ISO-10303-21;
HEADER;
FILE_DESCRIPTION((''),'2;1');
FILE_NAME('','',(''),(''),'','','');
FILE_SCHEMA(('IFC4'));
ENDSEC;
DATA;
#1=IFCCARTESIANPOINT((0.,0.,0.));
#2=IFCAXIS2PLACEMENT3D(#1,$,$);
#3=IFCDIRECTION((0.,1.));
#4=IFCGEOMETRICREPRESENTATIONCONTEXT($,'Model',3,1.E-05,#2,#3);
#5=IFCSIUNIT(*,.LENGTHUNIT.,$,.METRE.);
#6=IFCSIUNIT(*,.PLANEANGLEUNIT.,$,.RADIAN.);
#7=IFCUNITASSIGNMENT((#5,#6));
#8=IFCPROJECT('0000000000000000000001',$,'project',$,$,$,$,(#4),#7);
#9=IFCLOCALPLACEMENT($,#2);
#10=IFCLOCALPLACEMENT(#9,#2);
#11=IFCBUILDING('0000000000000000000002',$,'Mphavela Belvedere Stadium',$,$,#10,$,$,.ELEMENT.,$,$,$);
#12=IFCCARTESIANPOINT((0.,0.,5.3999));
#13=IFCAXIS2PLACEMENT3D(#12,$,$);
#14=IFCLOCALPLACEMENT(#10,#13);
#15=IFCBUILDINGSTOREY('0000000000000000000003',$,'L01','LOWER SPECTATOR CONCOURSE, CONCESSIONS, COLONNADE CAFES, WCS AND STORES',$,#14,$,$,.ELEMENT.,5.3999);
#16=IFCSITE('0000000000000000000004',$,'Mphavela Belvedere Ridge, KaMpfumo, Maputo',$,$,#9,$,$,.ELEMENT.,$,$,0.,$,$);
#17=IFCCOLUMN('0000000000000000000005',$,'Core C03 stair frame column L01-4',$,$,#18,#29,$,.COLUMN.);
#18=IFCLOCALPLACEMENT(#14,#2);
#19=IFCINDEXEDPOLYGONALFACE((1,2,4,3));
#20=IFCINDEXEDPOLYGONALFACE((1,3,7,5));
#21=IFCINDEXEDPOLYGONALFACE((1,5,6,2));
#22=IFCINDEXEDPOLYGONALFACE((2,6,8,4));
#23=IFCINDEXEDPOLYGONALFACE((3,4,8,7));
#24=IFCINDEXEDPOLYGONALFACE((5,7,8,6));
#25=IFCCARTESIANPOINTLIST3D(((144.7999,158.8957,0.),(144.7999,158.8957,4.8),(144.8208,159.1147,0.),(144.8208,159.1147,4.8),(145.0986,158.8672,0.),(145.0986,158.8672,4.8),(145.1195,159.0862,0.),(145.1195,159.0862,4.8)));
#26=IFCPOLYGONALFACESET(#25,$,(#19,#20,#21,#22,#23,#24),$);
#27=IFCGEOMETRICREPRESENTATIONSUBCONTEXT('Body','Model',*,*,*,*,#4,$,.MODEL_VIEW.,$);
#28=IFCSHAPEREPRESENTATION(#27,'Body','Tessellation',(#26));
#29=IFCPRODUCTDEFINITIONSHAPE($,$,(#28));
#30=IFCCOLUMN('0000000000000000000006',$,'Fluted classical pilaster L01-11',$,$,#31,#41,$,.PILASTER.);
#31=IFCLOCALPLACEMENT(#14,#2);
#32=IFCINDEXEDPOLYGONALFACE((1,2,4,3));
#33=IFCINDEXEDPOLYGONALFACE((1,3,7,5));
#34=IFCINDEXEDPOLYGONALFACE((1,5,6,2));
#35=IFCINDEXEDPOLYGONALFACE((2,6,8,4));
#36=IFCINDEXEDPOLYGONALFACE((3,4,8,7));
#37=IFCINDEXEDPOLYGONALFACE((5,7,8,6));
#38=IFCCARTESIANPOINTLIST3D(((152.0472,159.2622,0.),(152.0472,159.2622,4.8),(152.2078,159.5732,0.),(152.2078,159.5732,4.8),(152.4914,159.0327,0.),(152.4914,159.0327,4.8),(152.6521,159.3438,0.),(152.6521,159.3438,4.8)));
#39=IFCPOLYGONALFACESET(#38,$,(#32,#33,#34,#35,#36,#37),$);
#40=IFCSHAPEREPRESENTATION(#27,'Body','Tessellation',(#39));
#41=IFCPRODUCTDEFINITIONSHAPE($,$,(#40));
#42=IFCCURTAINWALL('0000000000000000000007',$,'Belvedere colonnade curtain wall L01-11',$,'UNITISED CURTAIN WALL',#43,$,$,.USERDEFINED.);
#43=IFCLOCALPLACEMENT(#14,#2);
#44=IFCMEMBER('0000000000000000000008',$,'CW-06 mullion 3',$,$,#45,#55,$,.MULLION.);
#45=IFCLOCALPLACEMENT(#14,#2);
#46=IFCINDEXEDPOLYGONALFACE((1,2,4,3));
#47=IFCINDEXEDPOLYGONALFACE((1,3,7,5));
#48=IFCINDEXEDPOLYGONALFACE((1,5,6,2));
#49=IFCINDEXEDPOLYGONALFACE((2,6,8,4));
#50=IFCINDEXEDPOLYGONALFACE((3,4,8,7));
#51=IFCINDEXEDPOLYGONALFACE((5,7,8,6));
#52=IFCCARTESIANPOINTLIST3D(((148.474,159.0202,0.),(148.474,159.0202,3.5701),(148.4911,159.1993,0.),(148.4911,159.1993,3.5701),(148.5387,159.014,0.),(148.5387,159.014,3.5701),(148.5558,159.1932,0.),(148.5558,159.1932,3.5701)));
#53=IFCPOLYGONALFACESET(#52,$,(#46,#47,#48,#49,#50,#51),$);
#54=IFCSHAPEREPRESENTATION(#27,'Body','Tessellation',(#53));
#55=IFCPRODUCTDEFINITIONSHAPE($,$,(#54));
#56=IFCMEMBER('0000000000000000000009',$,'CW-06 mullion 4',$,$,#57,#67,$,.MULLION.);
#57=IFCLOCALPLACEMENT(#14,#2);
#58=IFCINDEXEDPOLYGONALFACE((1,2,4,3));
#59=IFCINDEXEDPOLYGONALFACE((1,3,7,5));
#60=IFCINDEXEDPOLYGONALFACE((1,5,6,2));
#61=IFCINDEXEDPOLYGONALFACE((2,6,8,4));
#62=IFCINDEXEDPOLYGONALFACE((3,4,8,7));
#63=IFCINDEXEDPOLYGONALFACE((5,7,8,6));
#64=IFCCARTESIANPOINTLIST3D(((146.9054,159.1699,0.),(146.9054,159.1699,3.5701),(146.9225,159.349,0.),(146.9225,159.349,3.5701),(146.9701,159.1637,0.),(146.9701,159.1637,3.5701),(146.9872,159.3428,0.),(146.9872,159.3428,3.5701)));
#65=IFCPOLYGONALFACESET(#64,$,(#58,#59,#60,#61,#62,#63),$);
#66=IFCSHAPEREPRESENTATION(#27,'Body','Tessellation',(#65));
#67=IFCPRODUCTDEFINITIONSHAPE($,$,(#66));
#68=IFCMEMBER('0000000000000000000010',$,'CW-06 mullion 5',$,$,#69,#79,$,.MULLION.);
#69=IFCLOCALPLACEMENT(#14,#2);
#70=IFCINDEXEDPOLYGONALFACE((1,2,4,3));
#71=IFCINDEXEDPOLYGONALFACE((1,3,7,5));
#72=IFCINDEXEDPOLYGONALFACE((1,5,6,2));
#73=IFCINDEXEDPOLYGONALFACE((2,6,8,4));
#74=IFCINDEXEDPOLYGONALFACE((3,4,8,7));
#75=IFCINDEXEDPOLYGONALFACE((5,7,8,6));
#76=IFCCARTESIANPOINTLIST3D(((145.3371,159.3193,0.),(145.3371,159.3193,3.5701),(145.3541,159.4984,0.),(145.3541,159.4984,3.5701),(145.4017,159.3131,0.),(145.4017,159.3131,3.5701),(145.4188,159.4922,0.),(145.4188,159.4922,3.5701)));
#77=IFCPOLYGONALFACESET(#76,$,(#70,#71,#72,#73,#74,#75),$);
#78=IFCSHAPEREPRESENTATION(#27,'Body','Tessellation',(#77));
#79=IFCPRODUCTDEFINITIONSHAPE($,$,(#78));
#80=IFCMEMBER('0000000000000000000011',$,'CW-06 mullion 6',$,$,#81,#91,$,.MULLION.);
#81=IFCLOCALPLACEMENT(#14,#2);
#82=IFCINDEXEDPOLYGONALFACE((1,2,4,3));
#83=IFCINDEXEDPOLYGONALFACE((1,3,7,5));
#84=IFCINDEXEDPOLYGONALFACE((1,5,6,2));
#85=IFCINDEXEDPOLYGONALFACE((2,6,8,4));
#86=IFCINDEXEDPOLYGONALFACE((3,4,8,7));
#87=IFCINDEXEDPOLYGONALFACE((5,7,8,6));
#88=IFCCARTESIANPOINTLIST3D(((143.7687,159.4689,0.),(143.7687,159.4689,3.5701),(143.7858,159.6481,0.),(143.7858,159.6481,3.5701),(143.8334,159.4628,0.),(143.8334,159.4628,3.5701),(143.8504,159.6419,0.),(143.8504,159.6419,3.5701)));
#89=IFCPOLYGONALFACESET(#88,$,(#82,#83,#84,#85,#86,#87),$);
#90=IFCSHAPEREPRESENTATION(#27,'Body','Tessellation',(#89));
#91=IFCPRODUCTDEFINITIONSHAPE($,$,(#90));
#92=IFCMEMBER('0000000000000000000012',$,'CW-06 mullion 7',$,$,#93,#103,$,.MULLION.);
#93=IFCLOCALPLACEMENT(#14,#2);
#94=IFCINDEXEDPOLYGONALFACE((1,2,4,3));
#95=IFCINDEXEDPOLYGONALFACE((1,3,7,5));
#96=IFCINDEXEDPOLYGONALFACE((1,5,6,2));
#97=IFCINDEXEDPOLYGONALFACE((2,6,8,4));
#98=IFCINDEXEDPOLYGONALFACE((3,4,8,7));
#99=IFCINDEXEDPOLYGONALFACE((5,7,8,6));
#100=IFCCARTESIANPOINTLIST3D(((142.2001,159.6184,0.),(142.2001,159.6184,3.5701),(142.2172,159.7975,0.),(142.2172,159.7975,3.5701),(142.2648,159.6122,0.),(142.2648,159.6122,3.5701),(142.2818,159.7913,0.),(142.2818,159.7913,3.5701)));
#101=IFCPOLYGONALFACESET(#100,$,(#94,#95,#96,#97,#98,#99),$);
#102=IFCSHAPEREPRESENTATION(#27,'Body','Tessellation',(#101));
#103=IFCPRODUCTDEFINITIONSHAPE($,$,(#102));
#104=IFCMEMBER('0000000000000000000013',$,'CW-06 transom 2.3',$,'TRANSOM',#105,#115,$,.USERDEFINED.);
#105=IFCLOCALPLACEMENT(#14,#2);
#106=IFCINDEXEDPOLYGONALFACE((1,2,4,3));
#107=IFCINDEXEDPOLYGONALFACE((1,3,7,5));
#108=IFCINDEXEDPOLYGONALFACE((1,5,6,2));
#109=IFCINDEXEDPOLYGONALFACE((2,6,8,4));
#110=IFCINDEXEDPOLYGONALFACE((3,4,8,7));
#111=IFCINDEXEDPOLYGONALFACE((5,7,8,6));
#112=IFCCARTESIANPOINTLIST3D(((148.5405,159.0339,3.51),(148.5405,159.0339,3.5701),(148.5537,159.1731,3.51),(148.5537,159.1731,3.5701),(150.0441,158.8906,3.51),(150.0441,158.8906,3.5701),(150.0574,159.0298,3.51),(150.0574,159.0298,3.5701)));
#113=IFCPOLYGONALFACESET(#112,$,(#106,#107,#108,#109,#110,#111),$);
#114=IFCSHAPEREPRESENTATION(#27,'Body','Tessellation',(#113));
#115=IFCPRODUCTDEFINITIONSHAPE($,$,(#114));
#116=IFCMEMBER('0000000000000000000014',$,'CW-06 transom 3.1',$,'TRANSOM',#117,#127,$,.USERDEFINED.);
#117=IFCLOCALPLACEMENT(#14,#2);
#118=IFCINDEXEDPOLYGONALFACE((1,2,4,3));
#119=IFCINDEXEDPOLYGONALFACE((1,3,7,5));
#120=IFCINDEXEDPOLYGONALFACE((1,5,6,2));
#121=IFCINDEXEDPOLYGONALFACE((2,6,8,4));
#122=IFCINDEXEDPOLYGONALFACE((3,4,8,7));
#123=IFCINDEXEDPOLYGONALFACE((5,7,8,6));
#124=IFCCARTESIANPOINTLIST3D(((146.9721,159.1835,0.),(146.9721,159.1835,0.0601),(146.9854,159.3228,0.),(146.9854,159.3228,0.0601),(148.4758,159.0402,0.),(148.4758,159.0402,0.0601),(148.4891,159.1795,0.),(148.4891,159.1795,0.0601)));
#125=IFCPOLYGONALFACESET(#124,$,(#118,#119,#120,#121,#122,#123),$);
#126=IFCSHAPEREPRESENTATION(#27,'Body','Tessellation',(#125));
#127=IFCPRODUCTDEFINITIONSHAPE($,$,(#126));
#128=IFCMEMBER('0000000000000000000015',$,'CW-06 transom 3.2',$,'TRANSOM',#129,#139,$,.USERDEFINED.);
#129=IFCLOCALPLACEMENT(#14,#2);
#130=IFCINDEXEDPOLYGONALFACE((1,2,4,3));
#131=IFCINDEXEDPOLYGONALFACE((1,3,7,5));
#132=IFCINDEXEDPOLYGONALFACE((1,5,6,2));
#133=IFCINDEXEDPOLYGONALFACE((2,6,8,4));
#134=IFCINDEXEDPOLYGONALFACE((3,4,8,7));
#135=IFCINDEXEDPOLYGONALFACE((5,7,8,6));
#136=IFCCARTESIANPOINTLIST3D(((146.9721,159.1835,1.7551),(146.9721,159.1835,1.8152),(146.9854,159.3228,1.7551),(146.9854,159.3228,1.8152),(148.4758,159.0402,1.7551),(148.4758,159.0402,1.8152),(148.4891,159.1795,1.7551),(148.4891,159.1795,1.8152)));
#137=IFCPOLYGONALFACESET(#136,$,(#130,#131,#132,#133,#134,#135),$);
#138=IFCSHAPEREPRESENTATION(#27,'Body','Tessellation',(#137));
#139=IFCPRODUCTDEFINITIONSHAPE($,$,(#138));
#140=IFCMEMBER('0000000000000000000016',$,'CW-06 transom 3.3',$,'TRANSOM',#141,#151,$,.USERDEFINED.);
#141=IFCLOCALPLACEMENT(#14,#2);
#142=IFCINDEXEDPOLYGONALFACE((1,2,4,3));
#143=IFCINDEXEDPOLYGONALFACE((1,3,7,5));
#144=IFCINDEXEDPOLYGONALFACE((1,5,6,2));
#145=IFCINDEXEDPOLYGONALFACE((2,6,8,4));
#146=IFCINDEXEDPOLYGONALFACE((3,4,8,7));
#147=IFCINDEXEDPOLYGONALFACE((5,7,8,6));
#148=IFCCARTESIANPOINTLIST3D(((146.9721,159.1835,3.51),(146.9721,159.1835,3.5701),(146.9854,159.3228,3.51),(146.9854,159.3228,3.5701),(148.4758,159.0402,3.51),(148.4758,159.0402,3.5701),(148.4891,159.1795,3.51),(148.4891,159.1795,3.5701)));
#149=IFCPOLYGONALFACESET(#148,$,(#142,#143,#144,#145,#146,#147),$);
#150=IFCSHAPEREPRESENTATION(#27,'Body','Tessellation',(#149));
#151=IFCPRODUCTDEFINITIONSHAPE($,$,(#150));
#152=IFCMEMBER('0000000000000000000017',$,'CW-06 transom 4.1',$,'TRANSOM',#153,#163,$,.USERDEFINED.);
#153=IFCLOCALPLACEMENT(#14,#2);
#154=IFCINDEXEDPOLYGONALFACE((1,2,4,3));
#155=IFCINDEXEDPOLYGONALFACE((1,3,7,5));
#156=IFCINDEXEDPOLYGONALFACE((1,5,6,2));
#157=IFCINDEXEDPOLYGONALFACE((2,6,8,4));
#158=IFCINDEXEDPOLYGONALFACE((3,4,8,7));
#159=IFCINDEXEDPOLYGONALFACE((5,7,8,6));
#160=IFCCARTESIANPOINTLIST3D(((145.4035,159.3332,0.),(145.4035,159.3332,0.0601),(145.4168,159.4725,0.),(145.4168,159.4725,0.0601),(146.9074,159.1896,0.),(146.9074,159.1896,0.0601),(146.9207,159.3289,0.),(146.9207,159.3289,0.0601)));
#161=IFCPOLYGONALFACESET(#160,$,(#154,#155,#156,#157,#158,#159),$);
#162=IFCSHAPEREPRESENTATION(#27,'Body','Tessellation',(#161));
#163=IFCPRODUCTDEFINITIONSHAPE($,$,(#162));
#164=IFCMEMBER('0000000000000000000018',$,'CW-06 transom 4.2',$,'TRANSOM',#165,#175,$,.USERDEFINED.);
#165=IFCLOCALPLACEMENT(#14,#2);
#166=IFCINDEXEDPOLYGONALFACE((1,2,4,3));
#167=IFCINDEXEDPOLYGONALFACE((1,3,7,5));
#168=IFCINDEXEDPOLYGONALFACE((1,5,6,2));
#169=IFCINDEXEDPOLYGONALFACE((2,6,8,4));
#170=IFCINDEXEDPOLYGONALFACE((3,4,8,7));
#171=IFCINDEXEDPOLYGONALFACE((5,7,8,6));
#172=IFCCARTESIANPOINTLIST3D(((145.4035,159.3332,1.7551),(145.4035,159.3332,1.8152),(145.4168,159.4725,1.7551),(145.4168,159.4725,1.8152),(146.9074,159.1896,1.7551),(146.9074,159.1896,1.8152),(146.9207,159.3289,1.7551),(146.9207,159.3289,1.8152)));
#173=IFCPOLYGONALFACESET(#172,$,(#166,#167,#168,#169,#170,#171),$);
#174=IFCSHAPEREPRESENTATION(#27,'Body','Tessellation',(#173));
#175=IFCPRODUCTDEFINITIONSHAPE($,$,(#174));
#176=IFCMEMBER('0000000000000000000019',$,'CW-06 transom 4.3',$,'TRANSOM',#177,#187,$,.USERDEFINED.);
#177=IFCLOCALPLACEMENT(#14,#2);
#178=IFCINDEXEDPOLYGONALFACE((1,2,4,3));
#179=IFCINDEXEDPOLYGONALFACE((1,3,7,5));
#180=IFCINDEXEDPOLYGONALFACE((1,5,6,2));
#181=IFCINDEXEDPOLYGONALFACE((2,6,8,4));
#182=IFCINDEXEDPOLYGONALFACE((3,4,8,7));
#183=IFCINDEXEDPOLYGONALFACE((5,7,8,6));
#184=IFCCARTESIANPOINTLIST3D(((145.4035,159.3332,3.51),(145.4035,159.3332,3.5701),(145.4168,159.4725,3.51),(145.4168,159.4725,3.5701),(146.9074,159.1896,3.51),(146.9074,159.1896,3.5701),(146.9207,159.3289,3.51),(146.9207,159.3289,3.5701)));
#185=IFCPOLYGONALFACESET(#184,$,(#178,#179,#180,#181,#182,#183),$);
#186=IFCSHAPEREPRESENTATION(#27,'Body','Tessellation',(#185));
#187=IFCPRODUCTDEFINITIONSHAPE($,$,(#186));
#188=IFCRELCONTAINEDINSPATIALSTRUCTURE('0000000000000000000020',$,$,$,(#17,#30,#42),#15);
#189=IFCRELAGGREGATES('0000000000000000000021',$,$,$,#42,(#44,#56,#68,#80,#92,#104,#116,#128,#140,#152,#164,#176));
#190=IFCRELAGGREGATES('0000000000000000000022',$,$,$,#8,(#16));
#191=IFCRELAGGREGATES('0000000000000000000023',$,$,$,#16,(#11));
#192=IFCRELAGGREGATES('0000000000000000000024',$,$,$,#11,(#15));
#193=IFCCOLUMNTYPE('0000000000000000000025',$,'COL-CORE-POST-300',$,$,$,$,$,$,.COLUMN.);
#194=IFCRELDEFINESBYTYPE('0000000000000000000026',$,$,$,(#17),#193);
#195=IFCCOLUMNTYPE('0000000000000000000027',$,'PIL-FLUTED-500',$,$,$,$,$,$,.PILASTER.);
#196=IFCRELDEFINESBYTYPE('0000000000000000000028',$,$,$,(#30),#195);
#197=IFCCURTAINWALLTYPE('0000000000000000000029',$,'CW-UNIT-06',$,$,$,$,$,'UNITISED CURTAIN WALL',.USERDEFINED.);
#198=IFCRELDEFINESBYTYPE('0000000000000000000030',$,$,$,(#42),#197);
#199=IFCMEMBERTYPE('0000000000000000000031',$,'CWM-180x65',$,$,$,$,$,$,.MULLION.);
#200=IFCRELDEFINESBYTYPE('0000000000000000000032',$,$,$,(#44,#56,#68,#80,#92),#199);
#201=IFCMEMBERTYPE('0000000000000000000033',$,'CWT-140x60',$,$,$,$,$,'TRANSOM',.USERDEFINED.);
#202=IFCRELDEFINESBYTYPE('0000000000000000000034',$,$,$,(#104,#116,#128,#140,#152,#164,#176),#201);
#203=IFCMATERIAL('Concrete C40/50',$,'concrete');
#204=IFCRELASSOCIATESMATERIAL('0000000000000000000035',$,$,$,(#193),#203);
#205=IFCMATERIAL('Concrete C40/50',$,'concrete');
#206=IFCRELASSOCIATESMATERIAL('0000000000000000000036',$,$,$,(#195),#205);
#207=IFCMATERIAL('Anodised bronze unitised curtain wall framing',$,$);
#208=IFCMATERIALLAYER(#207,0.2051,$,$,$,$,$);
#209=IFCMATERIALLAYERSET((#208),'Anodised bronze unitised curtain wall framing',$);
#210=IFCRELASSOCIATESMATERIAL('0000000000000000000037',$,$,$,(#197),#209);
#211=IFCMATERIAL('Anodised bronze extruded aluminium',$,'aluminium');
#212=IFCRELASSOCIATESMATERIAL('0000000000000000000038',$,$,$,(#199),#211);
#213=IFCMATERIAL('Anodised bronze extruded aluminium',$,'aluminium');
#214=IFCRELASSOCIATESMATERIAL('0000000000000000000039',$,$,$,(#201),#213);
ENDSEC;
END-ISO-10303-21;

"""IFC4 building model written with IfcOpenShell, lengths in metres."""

from ifc_helpers import new_model, si_unit, direction, frame, origin, origin_2d, place, context, subcontext, project, spatial, rectangle, extrude, material, layer, layer_set, material_profile, profile_set, type_object, element, aggregate, save


model = new_model("IFC4")

# Units and contexts
model_context = context("Model", 3, precision=1e-05, world=origin(), true_north=direction((0.0, 1.0)))
body_context = subcontext(model_context, "Body", "Model", "MODEL_VIEW")
ifc_project = project(units=[si_unit("LENGTHUNIT", "METRE"), si_unit("PLANEANGLEUNIT", "RADIAN")], contexts=[model_context])

# Site, building, storey
site_placement = place(None, origin())
site = spatial("IfcSite", under=ifc_project, at=site_placement, Name="Mphavela Belvedere Ridge, KaMpfumo, Maputo", CompositionType="ELEMENT", RefElevation=0.0)
building_placement = place(site_placement, origin())
building = spatial("IfcBuilding", under=site, at=building_placement, Name="Mphavela Belvedere Stadium", CompositionType="ELEMENT")
storey_placement = place(building_placement, frame((0.0, 0.0, 5.3999)))
storey = spatial("IfcBuildingStorey", under=building, at=storey_placement, Name="L01", Description="LOWER SPECTATOR CONCOURSE, CONCESSIONS, COLONNADE CAFES, WCS AND STORES", CompositionType="ELEMENT", Elevation=5.3999)

# Columns
ifc_material_1 = material(Name="Concrete C40/50", Category="concrete")
ifc_material_profile_1 = material_profile(ifc_material_1, rectangle(XDim=0.3, YDim=0.22, at=origin_2d()), Name="RC 300x220")
ifc_profile_set_1 = profile_set([ifc_material_profile_1], Name="Concrete C40/50")
column_type_1 = type_object("IfcColumnType", Name="COL-CORE-POST-300", PredefinedType="COLUMN", material=ifc_profile_set_1)
column_1_placement = place(storey_placement, frame((144.9597, 158.991, 0.0), z_axis=(0.0, 0.0, 1.0), x_axis=(0.995479, -0.094977, 0.0)))
element("IfcColumn", 1, at=column_1_placement, inside=storey, type_object=column_type_1, Name="Core C03 stair frame column L01-4", PredefinedType="COLUMN", context=body_context, shape_type="SweptSolid", body=[
    extrude(rectangle(XDim=0.3, YDim=0.22, at=origin_2d()), origin(), (0.0, 0.0, 1.0), 4.8),
])
ifc_material_2 = material(Name="Concrete C40/50", Category="concrete")
ifc_material_profile_2 = material_profile(ifc_material_2, rectangle(XDim=0.5, YDim=0.3501, at=origin_2d()), Name="PIL 500x350")
ifc_profile_set_2 = profile_set([ifc_material_profile_2], Name="Concrete C40/50")
column_type_2 = type_object("IfcColumnType", Name="PIL-FLUTED-500", PredefinedType="PILASTER", material=ifc_profile_set_2)
column_2_placement = place(storey_placement, frame((152.3496, 159.303, 0.0), z_axis=(0.0, 0.0, 1.0), x_axis=(-0.888457, 0.45896, 0.0)))
element("IfcColumn", 2, at=column_2_placement, inside=storey, type_object=column_type_2, Name="Fluted classical pilaster L01-11", PredefinedType="PILASTER", context=body_context, shape_type="SweptSolid", body=[
    extrude(rectangle(XDim=0.5, YDim=0.3501, at=origin_2d()), origin(), (0.0, 0.0, 1.0), 4.8),
])

# Curtain wall, members
ifc_material_3 = material(Name="Anodised bronze unitised curtain wall framing")
ifc_layer_1 = layer(ifc_material_3, 0.2051)
ifc_layer_set_1 = layer_set([ifc_layer_1], Name="Anodised bronze unitised curtain wall framing")
curtain_wall_type = type_object("IfcCurtainWallType", Name="CW-UNIT-06", ElementType="UNITISED CURTAIN WALL", PredefinedType="USERDEFINED", material=ifc_layer_set_1)
curtain_wall_placement = place(storey_placement, origin())
curtain_wall = element("IfcCurtainWall", 3, at=curtain_wall_placement, inside=storey, type_object=curtain_wall_type, Name="Belvedere colonnade curtain wall L01-11", ObjectType="UNITISED CURTAIN WALL", PredefinedType="USERDEFINED")
ifc_material_4 = material(Name="Anodised bronze extruded aluminium", Category="aluminium")
ifc_material_profile_3 = material_profile(ifc_material_4, rectangle(XDim=0.1799, YDim=0.0649, at=origin_2d()), Name="CW-MUL 180x65")
ifc_profile_set_3 = profile_set([ifc_material_profile_3], Name="Anodised bronze extruded aluminium")
member_type_1 = type_object("IfcMemberType", Name="CWM-180x65", PredefinedType="MULLION", material=ifc_profile_set_3)
member_1_placement = place(storey_placement, frame((148.5149, 159.1067, 0.0), z_axis=(0.0, 0.0, 1.0), x_axis=(-0.094922, -0.995485, 0.0)))
member_1 = element("IfcMember", 4, at=member_1_placement, type_object=member_type_1, Name="CW-06 mullion 3", PredefinedType="MULLION", context=body_context, shape_type="SweptSolid", body=[
    extrude(rectangle(XDim=0.1799, YDim=0.0649, at=origin_2d()), origin(), (0.0, 0.0, 1.0), 3.5701),
])
member_2_placement = place(storey_placement, frame((146.9463, 159.2563, 0.0), z_axis=(0.0, 0.0, 1.0), x_axis=(-0.094922, -0.995485, 0.0)))
member_2 = element("IfcMember", 5, at=member_2_placement, type_object=member_type_1, Name="CW-06 mullion 4", PredefinedType="MULLION", context=body_context, shape_type="SweptSolid", body=[
    extrude(rectangle(XDim=0.1799, YDim=0.0649, at=origin_2d()), origin(), (0.0, 0.0, 1.0), 3.5701),
])
member_3_placement = place(storey_placement, frame((145.3779, 159.4058, 0.0), z_axis=(0.0, 0.0, 1.0), x_axis=(-0.094922, -0.995485, 0.0)))
member_3 = element("IfcMember", 6, at=member_3_placement, type_object=member_type_1, Name="CW-06 mullion 5", PredefinedType="MULLION", context=body_context, shape_type="SweptSolid", body=[
    extrude(rectangle(XDim=0.1799, YDim=0.0649, at=origin_2d()), origin(), (0.0, 0.0, 1.0), 3.5701),
])
member_4_placement = place(storey_placement, frame((143.8096, 159.5554, 0.0), z_axis=(0.0, 0.0, 1.0), x_axis=(-0.094922, -0.995485, 0.0)))
member_4 = element("IfcMember", 7, at=member_4_placement, type_object=member_type_1, Name="CW-06 mullion 6", PredefinedType="MULLION", context=body_context, shape_type="SweptSolid", body=[
    extrude(rectangle(XDim=0.1799, YDim=0.0649, at=origin_2d()), origin(), (0.0, 0.0, 1.0), 3.5701),
])
member_5_placement = place(storey_placement, frame((142.241, 159.7048, 0.0), z_axis=(0.0, 0.0, 1.0), x_axis=(-0.094922, -0.995485, 0.0)))
member_5 = element("IfcMember", 8, at=member_5_placement, type_object=member_type_1, Name="CW-06 mullion 7", PredefinedType="MULLION", context=body_context, shape_type="SweptSolid", body=[
    extrude(rectangle(XDim=0.1799, YDim=0.0649, at=origin_2d()), origin(), (0.0, 0.0, 1.0), 3.5701),
])
ifc_material_5 = material(Name="Anodised bronze extruded aluminium", Category="aluminium")
ifc_material_profile_4 = material_profile(ifc_material_5, rectangle(XDim=0.1399, YDim=0.0601, at=origin_2d()), Name="CW-TRN 140x60")
ifc_profile_set_4 = profile_set([ifc_material_profile_4], Name="Anodised bronze extruded aluminium")
member_type_2 = type_object("IfcMemberType", Name="CWT-140x60", ElementType="TRANSOM", PredefinedType="USERDEFINED", material=ifc_profile_set_4)
member_6_placement = place(storey_placement, frame((150.0508, 158.9602, 3.54), z_axis=(-0.995489, 0.094878, 0.0), x_axis=(-0.094878, -0.995489, 0.0)))
member_6 = element("IfcMember", 9, at=member_6_placement, type_object=member_type_2, Name="CW-06 transom 2.3", ObjectType="TRANSOM", PredefinedType="USERDEFINED", context=body_context, shape_type="SweptSolid", body=[
    extrude(rectangle(XDim=0.1399, YDim=0.0601, at=origin_2d()), origin(), (0.0, 0.0, 1.0), 1.5105),
])
member_7_placement = place(storey_placement, frame((148.4824, 159.1099, 0.03), z_axis=(-0.995489, 0.094878, 0.0), x_axis=(-0.094878, -0.995489, 0.0)))
member_7 = element("IfcMember", 10, at=member_7_placement, type_object=member_type_2, Name="CW-06 transom 3.1", ObjectType="TRANSOM", PredefinedType="USERDEFINED", context=body_context, shape_type="SweptSolid", body=[
    extrude(rectangle(XDim=0.1399, YDim=0.0601, at=origin_2d()), origin(), (0.0, 0.0, 1.0), 1.5105),
])
member_8_placement = place(storey_placement, frame((148.4824, 159.1099, 1.7852), z_axis=(-0.995489, 0.094878, 0.0), x_axis=(-0.094878, -0.995489, 0.0)))
member_8 = element("IfcMember", 11, at=member_8_placement, type_object=member_type_2, Name="CW-06 transom 3.2", ObjectType="TRANSOM", PredefinedType="USERDEFINED", context=body_context, shape_type="SweptSolid", body=[
    extrude(rectangle(XDim=0.1399, YDim=0.0601, at=origin_2d()), origin(), (0.0, 0.0, 1.0), 1.5105),
])
member_9_placement = place(storey_placement, frame((148.4824, 159.1099, 3.54), z_axis=(-0.995489, 0.094878, 0.0), x_axis=(-0.094878, -0.995489, 0.0)))
member_9 = element("IfcMember", 12, at=member_9_placement, type_object=member_type_2, Name="CW-06 transom 3.3", ObjectType="TRANSOM", PredefinedType="USERDEFINED", context=body_context, shape_type="SweptSolid", body=[
    extrude(rectangle(XDim=0.1399, YDim=0.0601, at=origin_2d()), origin(), (0.0, 0.0, 1.0), 1.5105),
])
member_10_placement = place(storey_placement, frame((146.9141, 159.2593, 0.03), z_axis=(-0.995475, 0.095023, 0.0), x_axis=(-0.095023, -0.995475, 0.0)))
member_10 = element("IfcMember", 13, at=member_10_placement, type_object=member_type_2, Name="CW-06 transom 4.1", ObjectType="TRANSOM", PredefinedType="USERDEFINED", context=body_context, shape_type="SweptSolid", body=[
    extrude(rectangle(XDim=0.1399, YDim=0.0601, at=origin_2d()), origin(), (0.0, 0.0, 1.0), 1.5107),
])
member_11_placement = place(storey_placement, frame((146.9141, 159.2593, 1.7852), z_axis=(-0.995475, 0.095023, 0.0), x_axis=(-0.095023, -0.995475, 0.0)))
member_11 = element("IfcMember", 14, at=member_11_placement, type_object=member_type_2, Name="CW-06 transom 4.2", ObjectType="TRANSOM", PredefinedType="USERDEFINED", context=body_context, shape_type="SweptSolid", body=[
    extrude(rectangle(XDim=0.1399, YDim=0.0601, at=origin_2d()), origin(), (0.0, 0.0, 1.0), 1.5107),
])
member_12_placement = place(storey_placement, frame((146.9141, 159.2593, 3.54), z_axis=(-0.995475, 0.095023, 0.0), x_axis=(-0.095023, -0.995475, 0.0)))
member_12 = element("IfcMember", 15, at=member_12_placement, type_object=member_type_2, Name="CW-06 transom 4.3", ObjectType="TRANSOM", PredefinedType="USERDEFINED", context=body_context, shape_type="SweptSolid", body=[
    extrude(rectangle(XDim=0.1399, YDim=0.0601, at=origin_2d()), origin(), (0.0, 0.0, 1.0), 1.5107),
])
aggregate(curtain_wall, [member_1, member_2, member_3, member_4, member_5, member_6, member_7, member_8, member_9, member_10, member_11, member_12])

save(model, "model.ifc")
